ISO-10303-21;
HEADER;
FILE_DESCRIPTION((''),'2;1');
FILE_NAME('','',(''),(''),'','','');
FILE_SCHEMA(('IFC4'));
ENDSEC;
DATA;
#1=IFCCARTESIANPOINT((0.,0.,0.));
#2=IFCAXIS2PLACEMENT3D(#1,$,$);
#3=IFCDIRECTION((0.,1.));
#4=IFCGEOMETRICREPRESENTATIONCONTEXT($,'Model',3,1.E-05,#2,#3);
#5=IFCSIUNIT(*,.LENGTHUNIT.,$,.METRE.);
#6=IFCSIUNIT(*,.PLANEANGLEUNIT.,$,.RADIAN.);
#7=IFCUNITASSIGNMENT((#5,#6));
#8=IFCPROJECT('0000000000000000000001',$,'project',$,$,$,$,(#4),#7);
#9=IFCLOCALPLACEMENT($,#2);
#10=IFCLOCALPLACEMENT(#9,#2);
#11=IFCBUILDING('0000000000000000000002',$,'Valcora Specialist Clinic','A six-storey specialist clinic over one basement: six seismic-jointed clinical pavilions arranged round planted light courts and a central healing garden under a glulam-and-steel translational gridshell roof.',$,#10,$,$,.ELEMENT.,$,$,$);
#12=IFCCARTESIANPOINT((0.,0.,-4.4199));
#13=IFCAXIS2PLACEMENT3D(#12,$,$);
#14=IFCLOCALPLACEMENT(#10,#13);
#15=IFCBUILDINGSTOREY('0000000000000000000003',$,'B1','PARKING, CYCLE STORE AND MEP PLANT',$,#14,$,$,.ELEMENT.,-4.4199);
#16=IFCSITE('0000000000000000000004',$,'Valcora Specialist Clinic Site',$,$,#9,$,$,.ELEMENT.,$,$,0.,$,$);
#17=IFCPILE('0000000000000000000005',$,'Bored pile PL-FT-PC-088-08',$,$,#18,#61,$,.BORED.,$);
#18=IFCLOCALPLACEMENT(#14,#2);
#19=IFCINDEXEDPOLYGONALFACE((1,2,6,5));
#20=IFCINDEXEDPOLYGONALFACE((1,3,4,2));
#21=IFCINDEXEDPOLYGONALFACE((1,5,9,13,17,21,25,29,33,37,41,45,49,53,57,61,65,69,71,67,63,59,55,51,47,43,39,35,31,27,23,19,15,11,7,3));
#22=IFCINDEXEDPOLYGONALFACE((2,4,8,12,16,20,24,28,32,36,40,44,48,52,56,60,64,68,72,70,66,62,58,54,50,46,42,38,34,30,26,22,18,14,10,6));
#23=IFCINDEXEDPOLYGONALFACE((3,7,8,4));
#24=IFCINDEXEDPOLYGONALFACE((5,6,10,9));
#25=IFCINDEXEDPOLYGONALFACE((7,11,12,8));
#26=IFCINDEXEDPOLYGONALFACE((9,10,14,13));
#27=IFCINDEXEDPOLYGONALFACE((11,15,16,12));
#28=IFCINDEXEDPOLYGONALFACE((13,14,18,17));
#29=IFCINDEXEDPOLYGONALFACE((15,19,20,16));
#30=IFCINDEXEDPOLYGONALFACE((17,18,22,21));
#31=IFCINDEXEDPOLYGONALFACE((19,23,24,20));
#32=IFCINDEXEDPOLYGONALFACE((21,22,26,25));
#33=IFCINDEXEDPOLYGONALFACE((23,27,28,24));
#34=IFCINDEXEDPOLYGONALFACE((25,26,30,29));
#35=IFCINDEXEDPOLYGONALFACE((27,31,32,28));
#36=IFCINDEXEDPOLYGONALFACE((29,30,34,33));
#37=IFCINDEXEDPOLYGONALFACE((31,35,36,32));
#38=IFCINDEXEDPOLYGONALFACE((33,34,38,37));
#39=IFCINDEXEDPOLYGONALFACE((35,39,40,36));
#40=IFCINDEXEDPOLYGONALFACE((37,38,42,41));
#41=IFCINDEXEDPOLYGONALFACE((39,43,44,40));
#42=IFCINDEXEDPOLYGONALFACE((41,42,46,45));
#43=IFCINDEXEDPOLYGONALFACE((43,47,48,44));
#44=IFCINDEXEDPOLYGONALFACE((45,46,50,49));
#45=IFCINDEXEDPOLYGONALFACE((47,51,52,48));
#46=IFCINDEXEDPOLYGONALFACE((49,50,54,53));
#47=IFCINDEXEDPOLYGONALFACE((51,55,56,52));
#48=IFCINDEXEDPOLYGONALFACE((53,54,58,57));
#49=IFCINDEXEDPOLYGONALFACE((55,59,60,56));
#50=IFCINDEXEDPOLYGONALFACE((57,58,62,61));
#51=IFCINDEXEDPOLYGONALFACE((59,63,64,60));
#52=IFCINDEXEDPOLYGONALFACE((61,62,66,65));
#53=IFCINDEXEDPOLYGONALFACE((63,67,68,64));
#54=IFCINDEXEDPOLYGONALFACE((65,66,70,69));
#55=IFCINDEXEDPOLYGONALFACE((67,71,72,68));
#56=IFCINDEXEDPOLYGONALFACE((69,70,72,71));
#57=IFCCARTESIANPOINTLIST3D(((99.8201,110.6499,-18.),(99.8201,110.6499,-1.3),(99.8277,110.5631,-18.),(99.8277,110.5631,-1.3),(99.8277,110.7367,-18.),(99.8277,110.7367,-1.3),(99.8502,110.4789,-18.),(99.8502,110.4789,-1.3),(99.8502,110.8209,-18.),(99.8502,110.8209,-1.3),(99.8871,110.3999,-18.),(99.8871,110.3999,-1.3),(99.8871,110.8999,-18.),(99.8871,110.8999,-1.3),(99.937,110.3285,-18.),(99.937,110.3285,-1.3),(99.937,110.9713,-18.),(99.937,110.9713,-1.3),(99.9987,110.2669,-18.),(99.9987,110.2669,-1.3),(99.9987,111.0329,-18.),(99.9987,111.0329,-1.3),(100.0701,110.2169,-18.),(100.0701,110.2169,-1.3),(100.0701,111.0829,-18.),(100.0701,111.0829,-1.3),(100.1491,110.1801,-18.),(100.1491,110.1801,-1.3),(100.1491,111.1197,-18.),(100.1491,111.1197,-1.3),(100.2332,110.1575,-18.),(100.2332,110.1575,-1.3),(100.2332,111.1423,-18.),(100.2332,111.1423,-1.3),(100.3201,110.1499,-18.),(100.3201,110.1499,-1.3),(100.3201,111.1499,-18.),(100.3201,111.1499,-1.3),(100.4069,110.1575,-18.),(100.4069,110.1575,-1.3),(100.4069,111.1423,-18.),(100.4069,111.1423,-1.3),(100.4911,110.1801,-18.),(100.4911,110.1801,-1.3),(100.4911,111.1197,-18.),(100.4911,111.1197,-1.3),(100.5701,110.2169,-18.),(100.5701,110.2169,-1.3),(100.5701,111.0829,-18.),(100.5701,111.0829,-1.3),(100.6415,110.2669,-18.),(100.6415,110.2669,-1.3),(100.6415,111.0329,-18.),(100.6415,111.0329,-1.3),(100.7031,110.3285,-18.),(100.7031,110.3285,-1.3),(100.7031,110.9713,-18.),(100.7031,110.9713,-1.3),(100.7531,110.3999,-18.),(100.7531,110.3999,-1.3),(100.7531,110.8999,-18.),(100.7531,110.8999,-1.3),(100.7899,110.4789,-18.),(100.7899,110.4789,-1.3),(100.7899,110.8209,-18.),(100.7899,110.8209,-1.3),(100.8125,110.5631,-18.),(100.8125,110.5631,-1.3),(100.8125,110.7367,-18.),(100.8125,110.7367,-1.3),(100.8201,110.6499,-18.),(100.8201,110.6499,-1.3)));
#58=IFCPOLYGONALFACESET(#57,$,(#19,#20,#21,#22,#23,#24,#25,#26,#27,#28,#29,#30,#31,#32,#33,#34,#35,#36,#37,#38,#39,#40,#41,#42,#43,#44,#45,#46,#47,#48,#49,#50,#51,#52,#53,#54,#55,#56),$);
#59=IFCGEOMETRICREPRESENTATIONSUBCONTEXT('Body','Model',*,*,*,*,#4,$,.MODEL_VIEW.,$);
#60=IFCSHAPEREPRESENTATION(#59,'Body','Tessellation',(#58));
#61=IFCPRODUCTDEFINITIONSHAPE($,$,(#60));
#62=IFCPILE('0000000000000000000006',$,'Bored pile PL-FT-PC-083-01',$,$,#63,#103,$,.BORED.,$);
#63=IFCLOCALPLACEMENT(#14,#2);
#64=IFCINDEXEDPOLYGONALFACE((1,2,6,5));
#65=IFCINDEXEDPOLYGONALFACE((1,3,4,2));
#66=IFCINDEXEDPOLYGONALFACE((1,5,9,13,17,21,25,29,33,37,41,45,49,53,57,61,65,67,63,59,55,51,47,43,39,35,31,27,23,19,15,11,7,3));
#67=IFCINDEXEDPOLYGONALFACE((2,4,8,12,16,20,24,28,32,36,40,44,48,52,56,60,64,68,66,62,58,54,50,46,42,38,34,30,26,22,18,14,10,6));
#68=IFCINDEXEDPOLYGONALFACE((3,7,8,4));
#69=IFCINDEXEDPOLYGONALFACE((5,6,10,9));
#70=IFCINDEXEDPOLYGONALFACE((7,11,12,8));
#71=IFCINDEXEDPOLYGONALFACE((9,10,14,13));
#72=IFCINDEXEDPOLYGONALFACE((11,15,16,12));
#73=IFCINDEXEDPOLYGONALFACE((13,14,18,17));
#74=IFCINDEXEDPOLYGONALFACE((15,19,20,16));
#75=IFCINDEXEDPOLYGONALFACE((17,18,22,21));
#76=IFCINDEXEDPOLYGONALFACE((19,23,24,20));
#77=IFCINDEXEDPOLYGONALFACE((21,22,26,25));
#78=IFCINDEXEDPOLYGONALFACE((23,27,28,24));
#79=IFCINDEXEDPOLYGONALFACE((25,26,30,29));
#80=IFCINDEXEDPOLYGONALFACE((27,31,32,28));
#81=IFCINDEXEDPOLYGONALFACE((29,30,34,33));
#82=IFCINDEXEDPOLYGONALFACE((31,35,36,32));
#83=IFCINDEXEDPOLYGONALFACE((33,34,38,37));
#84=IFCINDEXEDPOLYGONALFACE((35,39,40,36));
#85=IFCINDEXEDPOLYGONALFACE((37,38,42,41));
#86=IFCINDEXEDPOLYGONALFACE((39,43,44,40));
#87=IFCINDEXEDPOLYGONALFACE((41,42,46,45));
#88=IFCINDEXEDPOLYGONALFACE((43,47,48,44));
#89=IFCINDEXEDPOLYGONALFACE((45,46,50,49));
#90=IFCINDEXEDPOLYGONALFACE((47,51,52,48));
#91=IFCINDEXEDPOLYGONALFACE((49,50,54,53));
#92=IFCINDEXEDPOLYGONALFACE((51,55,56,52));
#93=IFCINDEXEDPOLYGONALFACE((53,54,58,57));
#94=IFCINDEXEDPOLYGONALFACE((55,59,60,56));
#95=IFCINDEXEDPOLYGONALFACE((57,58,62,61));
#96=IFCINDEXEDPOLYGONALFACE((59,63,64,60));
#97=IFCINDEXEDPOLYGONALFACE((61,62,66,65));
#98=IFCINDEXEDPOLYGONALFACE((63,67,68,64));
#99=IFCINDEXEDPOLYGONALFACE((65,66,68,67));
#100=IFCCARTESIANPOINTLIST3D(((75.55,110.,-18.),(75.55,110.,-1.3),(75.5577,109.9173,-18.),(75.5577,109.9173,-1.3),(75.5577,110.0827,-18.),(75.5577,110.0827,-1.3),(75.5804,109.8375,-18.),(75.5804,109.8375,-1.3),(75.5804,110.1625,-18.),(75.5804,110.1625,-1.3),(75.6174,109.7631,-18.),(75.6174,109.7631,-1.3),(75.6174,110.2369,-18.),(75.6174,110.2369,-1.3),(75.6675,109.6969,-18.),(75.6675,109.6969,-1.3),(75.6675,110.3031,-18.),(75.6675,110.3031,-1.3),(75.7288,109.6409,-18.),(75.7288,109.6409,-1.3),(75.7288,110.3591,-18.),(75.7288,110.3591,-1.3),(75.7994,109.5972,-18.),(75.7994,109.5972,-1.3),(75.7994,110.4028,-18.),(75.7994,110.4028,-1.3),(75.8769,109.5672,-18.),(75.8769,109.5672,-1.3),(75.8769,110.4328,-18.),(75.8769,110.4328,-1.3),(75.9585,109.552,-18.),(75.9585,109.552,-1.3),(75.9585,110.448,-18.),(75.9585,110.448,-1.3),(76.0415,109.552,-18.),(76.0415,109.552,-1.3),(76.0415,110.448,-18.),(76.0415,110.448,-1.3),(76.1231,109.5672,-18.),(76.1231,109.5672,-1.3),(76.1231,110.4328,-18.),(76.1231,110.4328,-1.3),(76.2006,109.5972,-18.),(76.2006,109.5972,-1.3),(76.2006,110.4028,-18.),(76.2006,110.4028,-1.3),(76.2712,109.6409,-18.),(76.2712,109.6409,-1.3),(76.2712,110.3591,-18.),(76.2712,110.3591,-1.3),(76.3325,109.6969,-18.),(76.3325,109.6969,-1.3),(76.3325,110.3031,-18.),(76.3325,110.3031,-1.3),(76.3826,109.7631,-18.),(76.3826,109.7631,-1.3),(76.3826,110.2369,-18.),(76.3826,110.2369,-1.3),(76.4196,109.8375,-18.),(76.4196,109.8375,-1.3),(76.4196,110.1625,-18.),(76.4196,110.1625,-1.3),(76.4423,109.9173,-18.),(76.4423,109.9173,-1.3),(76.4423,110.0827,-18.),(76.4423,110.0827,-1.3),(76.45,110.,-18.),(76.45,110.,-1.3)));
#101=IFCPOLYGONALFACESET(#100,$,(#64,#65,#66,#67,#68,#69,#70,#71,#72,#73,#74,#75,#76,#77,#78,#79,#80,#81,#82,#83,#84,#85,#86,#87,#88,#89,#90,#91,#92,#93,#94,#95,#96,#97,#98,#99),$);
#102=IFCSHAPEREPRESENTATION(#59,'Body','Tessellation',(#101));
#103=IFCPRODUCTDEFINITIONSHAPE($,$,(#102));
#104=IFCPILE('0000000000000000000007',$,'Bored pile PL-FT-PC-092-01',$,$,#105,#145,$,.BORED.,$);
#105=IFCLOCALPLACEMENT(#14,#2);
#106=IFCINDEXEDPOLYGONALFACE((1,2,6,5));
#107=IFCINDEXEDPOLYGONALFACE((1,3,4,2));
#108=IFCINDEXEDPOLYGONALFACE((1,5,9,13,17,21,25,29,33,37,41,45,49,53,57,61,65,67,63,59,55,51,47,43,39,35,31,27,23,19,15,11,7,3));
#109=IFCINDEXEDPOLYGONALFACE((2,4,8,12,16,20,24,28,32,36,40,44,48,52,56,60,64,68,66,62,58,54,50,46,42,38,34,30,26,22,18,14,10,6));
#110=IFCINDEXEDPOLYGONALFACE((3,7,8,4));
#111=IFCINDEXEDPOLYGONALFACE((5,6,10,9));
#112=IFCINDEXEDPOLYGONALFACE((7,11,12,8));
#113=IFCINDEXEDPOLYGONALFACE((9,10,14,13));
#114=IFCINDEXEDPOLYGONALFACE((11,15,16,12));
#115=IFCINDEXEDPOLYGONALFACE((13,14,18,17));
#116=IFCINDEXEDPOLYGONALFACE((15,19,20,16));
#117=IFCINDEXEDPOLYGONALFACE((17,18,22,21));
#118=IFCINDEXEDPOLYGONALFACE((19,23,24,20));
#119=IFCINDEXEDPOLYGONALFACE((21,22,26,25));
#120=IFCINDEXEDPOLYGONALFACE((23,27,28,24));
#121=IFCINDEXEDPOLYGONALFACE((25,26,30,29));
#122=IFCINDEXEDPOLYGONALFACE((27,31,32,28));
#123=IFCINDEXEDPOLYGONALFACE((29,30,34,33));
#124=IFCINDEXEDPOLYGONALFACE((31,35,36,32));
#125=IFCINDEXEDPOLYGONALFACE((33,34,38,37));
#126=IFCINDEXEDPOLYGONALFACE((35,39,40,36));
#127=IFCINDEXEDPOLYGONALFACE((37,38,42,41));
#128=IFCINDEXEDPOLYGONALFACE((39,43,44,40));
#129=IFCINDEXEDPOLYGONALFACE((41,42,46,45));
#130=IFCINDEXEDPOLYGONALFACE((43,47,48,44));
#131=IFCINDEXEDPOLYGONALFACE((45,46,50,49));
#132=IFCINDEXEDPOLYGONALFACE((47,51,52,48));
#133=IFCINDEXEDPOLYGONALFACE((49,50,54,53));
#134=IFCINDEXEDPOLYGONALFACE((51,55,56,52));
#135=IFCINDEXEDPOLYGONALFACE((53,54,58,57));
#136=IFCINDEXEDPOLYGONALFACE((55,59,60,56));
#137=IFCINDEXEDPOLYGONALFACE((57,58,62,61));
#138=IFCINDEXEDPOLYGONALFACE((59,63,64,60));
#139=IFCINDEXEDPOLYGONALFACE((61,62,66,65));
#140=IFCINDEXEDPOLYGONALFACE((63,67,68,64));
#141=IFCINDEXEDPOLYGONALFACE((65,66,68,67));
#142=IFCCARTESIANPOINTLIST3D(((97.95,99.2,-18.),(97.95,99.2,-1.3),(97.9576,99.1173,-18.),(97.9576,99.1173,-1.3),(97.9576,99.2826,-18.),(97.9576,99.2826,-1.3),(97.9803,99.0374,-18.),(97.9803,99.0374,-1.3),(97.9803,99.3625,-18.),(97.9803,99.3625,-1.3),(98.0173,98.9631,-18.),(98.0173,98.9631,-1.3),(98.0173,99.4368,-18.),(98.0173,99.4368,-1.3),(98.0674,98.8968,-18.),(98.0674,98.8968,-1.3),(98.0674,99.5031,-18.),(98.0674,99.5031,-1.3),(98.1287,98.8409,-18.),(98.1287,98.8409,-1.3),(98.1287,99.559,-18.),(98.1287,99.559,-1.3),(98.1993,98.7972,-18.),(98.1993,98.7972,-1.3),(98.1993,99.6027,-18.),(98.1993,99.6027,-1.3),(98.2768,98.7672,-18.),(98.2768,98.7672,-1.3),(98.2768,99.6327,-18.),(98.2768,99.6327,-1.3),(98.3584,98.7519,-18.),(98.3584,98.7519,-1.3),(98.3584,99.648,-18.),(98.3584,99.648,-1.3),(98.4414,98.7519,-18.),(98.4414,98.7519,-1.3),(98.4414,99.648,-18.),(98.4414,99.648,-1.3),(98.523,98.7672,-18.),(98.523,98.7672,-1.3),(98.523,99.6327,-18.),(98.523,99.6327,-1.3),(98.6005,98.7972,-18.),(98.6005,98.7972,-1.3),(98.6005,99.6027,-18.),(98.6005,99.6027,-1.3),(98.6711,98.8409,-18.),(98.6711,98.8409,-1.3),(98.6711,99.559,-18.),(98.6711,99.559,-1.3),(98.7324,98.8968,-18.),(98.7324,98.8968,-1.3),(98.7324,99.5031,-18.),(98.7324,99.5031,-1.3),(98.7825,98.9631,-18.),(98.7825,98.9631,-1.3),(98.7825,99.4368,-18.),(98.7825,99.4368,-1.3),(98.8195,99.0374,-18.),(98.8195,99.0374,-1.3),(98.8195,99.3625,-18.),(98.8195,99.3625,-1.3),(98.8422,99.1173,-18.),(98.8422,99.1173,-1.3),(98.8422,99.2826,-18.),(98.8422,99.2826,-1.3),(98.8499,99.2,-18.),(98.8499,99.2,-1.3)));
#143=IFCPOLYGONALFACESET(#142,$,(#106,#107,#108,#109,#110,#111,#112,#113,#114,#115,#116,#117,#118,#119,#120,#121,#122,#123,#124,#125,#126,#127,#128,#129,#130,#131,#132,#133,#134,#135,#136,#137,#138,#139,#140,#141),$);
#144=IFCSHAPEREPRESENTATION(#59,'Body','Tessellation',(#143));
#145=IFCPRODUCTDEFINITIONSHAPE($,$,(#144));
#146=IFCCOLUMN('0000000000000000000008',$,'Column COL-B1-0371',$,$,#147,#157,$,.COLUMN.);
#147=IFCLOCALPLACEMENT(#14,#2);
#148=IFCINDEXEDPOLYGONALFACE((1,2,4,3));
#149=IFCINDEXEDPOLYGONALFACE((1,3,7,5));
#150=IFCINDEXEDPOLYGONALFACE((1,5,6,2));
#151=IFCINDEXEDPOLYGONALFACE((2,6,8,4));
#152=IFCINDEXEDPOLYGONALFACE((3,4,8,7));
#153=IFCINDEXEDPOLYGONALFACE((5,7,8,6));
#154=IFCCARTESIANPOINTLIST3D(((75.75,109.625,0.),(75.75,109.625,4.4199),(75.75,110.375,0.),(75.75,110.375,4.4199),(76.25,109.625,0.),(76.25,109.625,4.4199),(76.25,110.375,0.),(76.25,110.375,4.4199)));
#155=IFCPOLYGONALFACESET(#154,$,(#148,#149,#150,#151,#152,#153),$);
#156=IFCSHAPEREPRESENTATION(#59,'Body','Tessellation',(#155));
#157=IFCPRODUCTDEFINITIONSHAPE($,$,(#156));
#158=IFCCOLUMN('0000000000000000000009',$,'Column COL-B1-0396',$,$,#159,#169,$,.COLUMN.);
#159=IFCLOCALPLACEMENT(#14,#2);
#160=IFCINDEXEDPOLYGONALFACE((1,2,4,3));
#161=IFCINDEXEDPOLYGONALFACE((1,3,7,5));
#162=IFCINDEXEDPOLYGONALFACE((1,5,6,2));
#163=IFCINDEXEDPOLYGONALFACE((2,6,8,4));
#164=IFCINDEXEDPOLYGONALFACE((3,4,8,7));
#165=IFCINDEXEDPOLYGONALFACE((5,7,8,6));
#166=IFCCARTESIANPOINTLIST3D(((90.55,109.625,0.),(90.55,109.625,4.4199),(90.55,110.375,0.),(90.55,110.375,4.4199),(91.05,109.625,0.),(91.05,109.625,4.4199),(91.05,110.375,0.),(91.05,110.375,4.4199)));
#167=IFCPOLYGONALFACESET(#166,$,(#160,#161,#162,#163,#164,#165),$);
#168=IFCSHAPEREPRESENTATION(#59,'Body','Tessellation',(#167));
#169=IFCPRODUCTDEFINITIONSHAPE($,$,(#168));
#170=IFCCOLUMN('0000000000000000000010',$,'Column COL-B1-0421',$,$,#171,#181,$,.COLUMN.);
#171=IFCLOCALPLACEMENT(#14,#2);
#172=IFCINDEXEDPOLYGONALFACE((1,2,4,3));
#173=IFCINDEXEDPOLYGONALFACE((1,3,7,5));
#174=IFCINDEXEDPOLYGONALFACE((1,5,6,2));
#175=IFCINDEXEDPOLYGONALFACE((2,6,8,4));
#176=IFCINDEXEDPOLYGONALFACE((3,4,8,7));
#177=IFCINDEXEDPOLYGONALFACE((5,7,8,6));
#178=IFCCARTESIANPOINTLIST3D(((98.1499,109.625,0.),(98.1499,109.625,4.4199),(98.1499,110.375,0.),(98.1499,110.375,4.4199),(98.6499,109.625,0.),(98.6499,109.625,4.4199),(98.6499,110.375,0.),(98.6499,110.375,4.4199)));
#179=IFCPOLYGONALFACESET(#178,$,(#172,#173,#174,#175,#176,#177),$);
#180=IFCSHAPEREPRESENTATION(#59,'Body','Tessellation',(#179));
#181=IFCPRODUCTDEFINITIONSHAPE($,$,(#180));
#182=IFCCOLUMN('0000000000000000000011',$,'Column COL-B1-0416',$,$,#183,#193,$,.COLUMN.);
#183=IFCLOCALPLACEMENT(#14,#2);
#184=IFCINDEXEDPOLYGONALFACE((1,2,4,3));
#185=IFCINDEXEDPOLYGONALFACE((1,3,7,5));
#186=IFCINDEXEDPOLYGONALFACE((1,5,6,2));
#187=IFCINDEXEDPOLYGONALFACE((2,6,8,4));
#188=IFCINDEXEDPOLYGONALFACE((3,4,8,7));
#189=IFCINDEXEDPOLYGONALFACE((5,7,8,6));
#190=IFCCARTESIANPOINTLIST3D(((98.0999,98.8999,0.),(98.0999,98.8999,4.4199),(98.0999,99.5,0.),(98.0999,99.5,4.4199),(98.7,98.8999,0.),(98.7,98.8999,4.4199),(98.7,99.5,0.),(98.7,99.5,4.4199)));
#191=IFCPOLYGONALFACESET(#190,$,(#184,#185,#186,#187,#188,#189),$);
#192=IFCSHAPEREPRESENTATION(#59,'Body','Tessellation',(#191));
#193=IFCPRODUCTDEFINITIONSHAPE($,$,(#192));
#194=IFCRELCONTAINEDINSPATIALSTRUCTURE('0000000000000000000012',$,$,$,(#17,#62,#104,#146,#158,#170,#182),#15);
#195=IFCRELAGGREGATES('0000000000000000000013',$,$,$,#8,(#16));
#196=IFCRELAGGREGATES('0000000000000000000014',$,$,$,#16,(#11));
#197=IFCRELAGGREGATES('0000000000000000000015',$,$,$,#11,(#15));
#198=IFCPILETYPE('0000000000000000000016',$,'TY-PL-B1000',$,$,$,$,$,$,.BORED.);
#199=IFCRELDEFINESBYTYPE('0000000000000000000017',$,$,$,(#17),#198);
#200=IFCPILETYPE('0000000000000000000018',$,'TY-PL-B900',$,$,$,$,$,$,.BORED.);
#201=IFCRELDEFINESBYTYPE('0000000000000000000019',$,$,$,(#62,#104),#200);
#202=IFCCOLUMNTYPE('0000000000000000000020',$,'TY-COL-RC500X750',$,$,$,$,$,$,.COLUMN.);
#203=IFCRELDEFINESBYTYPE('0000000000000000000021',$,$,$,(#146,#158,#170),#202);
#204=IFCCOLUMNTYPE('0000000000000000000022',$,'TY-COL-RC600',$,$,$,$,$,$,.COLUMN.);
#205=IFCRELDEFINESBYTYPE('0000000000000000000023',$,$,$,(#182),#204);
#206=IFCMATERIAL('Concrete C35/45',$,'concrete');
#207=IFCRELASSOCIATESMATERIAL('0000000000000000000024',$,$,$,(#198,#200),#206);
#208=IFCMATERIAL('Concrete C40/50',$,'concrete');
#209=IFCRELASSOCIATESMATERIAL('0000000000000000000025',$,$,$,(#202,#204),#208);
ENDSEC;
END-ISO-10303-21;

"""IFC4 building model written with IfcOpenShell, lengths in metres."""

from ifc_helpers import new_model, si_unit, direction, frame, origin, origin_2d, place, context, subcontext, project, spatial, rectangle, circle, extrude, material, material_profile, profile_set, type_object, element, save


model = new_model("IFC4")

# Units and contexts
model_context = context("Model", 3, precision=1e-05, world=origin(), true_north=direction((0.0, 1.0)))
body_context = subcontext(model_context, "Body", "Model", "MODEL_VIEW")
ifc_project = project(units=[si_unit("LENGTHUNIT", "METRE"), si_unit("PLANEANGLEUNIT", "RADIAN")], contexts=[model_context])

# Site, building, storey
site_placement = place(None, origin())
site = spatial("IfcSite", under=ifc_project, at=site_placement, Name="Valcora Specialist Clinic Site", CompositionType="ELEMENT", RefElevation=0.0)
building_placement = place(site_placement, origin())
building = spatial("IfcBuilding", under=site, at=building_placement, Name="Valcora Specialist Clinic", Description="A six-storey specialist clinic over one basement: six seismic-jointed clinical pavilions arranged round planted light courts and a central healing garden under a glulam-and-steel translational gridshell roof.", CompositionType="ELEMENT")
storey_placement = place(building_placement, frame((0.0, 0.0, -4.4199)))
storey = spatial("IfcBuildingStorey", under=building, at=storey_placement, Name="B1", Description="PARKING, CYCLE STORE AND MEP PLANT", CompositionType="ELEMENT", Elevation=-4.4199)

# Shared definitions
ifc_material_1 = material(Name="Concrete C35/45", Category="concrete")

# Piles
ifc_material_profile_1 = material_profile(ifc_material_1, circle(Radius=0.5, at=origin_2d()), Name="RC-PIL-D1000")
ifc_profile_set_1 = profile_set([ifc_material_profile_1], Name="Concrete C35/45")
pile_type_1 = type_object("IfcPileType", Name="TY-PL-B1000", PredefinedType="BORED", material=ifc_profile_set_1)
for number, where, z_axis, x_axis, name in (
    (1, (100.3201, 110.6499, -1.3), (0.0, 0.0, -1.0), (1.0, 0.0, 0.0), "Bored pile PL-FT-PC-088-08"),
):
    element("IfcPile", number, at=place(storey_placement, frame(where, z_axis=z_axis, x_axis=x_axis)), inside=storey, type_object=pile_type_1, Name=name, PredefinedType="BORED", context=body_context, shape_type="SweptSolid", body=[
        extrude(circle(Radius=0.5, at=origin_2d()), origin(), (0.0, 0.0, 1.0), 16.7),
    ])
ifc_material_profile_2 = material_profile(ifc_material_1, circle(Radius=0.45, at=origin_2d()), Name="RC-PIL-D900")
ifc_profile_set_2 = profile_set([ifc_material_profile_2], Name="Concrete C35/45")
pile_type_2 = type_object("IfcPileType", Name="TY-PL-B900", PredefinedType="BORED", material=ifc_profile_set_2)
for number, where, z_axis, x_axis, name in (
    (2, (76.0, 110.0, -1.3), (0.0, 0.0, -1.0), (1.0, 0.0, 0.0), "Bored pile PL-FT-PC-083-01"),
    (3, (98.3999, 99.2, -1.3), (0.0, 0.0, -1.0), (1.0, 0.0, 0.0), "Bored pile PL-FT-PC-092-01"),
):
    element("IfcPile", number, at=place(storey_placement, frame(where, z_axis=z_axis, x_axis=x_axis)), inside=storey, type_object=pile_type_2, Name=name, PredefinedType="BORED", context=body_context, shape_type="SweptSolid", body=[
        extrude(circle(Radius=0.45, at=origin_2d()), origin(), (0.0, 0.0, 1.0), 16.7),
    ])

# Columns
ifc_material_2 = material(Name="Concrete C40/50", Category="concrete")
ifc_material_profile_3 = material_profile(ifc_material_2, rectangle(XDim=0.5, YDim=0.75, at=origin_2d()), Name="RC-COL-500X750")
ifc_profile_set_3 = profile_set([ifc_material_profile_3], Name="Concrete C40/50")
column_type_1 = type_object("IfcColumnType", Name="TY-COL-RC500X750", PredefinedType="COLUMN", material=ifc_profile_set_3)
for number, where, z_axis, x_axis, name in (
    (4, (76.0, 110.0, 0.0), (0.0, 0.0, 1.0), (1.0, 0.0, 0.0), "Column COL-B1-0371"),
    (5, (90.8, 110.0, 0.0), (0.0, 0.0, 1.0), (1.0, 0.0, 0.0), "Column COL-B1-0396"),
    (6, (98.3999, 110.0, 0.0), (0.0, 0.0, 1.0), (1.0, 0.0, 0.0), "Column COL-B1-0421"),
):
    element("IfcColumn", number, at=place(storey_placement, frame(where, z_axis=z_axis, x_axis=x_axis)), inside=storey, type_object=column_type_1, Name=name, PredefinedType="COLUMN", context=body_context, shape_type="SweptSolid", body=[
        extrude(rectangle(XDim=0.5, YDim=0.75, at=origin_2d()), origin(), (0.0, 0.0, 1.0), 4.4199),
    ])
ifc_material_profile_4 = material_profile(ifc_material_2, rectangle(XDim=0.6001, YDim=0.6001, at=origin_2d()), Name="RC-COL-600X600")
ifc_profile_set_4 = profile_set([ifc_material_profile_4], Name="Concrete C40/50")
column_type_2 = type_object("IfcColumnType", Name="TY-COL-RC600", PredefinedType="COLUMN", material=ifc_profile_set_4)
column_placement = place(storey_placement, frame((98.3999, 99.2, 0.0), z_axis=(0.0, 0.0, 1.0), x_axis=(1.0, 0.0, 0.0)))
element("IfcColumn", 7, at=column_placement, inside=storey, type_object=column_type_2, Name="Column COL-B1-0416", PredefinedType="COLUMN", context=body_context, shape_type="SweptSolid", body=[
    extrude(rectangle(XDim=0.6001, YDim=0.6001, at=origin_2d()), origin(), (0.0, 0.0, 1.0), 4.4199),
])

save(model, "model.ifc")
